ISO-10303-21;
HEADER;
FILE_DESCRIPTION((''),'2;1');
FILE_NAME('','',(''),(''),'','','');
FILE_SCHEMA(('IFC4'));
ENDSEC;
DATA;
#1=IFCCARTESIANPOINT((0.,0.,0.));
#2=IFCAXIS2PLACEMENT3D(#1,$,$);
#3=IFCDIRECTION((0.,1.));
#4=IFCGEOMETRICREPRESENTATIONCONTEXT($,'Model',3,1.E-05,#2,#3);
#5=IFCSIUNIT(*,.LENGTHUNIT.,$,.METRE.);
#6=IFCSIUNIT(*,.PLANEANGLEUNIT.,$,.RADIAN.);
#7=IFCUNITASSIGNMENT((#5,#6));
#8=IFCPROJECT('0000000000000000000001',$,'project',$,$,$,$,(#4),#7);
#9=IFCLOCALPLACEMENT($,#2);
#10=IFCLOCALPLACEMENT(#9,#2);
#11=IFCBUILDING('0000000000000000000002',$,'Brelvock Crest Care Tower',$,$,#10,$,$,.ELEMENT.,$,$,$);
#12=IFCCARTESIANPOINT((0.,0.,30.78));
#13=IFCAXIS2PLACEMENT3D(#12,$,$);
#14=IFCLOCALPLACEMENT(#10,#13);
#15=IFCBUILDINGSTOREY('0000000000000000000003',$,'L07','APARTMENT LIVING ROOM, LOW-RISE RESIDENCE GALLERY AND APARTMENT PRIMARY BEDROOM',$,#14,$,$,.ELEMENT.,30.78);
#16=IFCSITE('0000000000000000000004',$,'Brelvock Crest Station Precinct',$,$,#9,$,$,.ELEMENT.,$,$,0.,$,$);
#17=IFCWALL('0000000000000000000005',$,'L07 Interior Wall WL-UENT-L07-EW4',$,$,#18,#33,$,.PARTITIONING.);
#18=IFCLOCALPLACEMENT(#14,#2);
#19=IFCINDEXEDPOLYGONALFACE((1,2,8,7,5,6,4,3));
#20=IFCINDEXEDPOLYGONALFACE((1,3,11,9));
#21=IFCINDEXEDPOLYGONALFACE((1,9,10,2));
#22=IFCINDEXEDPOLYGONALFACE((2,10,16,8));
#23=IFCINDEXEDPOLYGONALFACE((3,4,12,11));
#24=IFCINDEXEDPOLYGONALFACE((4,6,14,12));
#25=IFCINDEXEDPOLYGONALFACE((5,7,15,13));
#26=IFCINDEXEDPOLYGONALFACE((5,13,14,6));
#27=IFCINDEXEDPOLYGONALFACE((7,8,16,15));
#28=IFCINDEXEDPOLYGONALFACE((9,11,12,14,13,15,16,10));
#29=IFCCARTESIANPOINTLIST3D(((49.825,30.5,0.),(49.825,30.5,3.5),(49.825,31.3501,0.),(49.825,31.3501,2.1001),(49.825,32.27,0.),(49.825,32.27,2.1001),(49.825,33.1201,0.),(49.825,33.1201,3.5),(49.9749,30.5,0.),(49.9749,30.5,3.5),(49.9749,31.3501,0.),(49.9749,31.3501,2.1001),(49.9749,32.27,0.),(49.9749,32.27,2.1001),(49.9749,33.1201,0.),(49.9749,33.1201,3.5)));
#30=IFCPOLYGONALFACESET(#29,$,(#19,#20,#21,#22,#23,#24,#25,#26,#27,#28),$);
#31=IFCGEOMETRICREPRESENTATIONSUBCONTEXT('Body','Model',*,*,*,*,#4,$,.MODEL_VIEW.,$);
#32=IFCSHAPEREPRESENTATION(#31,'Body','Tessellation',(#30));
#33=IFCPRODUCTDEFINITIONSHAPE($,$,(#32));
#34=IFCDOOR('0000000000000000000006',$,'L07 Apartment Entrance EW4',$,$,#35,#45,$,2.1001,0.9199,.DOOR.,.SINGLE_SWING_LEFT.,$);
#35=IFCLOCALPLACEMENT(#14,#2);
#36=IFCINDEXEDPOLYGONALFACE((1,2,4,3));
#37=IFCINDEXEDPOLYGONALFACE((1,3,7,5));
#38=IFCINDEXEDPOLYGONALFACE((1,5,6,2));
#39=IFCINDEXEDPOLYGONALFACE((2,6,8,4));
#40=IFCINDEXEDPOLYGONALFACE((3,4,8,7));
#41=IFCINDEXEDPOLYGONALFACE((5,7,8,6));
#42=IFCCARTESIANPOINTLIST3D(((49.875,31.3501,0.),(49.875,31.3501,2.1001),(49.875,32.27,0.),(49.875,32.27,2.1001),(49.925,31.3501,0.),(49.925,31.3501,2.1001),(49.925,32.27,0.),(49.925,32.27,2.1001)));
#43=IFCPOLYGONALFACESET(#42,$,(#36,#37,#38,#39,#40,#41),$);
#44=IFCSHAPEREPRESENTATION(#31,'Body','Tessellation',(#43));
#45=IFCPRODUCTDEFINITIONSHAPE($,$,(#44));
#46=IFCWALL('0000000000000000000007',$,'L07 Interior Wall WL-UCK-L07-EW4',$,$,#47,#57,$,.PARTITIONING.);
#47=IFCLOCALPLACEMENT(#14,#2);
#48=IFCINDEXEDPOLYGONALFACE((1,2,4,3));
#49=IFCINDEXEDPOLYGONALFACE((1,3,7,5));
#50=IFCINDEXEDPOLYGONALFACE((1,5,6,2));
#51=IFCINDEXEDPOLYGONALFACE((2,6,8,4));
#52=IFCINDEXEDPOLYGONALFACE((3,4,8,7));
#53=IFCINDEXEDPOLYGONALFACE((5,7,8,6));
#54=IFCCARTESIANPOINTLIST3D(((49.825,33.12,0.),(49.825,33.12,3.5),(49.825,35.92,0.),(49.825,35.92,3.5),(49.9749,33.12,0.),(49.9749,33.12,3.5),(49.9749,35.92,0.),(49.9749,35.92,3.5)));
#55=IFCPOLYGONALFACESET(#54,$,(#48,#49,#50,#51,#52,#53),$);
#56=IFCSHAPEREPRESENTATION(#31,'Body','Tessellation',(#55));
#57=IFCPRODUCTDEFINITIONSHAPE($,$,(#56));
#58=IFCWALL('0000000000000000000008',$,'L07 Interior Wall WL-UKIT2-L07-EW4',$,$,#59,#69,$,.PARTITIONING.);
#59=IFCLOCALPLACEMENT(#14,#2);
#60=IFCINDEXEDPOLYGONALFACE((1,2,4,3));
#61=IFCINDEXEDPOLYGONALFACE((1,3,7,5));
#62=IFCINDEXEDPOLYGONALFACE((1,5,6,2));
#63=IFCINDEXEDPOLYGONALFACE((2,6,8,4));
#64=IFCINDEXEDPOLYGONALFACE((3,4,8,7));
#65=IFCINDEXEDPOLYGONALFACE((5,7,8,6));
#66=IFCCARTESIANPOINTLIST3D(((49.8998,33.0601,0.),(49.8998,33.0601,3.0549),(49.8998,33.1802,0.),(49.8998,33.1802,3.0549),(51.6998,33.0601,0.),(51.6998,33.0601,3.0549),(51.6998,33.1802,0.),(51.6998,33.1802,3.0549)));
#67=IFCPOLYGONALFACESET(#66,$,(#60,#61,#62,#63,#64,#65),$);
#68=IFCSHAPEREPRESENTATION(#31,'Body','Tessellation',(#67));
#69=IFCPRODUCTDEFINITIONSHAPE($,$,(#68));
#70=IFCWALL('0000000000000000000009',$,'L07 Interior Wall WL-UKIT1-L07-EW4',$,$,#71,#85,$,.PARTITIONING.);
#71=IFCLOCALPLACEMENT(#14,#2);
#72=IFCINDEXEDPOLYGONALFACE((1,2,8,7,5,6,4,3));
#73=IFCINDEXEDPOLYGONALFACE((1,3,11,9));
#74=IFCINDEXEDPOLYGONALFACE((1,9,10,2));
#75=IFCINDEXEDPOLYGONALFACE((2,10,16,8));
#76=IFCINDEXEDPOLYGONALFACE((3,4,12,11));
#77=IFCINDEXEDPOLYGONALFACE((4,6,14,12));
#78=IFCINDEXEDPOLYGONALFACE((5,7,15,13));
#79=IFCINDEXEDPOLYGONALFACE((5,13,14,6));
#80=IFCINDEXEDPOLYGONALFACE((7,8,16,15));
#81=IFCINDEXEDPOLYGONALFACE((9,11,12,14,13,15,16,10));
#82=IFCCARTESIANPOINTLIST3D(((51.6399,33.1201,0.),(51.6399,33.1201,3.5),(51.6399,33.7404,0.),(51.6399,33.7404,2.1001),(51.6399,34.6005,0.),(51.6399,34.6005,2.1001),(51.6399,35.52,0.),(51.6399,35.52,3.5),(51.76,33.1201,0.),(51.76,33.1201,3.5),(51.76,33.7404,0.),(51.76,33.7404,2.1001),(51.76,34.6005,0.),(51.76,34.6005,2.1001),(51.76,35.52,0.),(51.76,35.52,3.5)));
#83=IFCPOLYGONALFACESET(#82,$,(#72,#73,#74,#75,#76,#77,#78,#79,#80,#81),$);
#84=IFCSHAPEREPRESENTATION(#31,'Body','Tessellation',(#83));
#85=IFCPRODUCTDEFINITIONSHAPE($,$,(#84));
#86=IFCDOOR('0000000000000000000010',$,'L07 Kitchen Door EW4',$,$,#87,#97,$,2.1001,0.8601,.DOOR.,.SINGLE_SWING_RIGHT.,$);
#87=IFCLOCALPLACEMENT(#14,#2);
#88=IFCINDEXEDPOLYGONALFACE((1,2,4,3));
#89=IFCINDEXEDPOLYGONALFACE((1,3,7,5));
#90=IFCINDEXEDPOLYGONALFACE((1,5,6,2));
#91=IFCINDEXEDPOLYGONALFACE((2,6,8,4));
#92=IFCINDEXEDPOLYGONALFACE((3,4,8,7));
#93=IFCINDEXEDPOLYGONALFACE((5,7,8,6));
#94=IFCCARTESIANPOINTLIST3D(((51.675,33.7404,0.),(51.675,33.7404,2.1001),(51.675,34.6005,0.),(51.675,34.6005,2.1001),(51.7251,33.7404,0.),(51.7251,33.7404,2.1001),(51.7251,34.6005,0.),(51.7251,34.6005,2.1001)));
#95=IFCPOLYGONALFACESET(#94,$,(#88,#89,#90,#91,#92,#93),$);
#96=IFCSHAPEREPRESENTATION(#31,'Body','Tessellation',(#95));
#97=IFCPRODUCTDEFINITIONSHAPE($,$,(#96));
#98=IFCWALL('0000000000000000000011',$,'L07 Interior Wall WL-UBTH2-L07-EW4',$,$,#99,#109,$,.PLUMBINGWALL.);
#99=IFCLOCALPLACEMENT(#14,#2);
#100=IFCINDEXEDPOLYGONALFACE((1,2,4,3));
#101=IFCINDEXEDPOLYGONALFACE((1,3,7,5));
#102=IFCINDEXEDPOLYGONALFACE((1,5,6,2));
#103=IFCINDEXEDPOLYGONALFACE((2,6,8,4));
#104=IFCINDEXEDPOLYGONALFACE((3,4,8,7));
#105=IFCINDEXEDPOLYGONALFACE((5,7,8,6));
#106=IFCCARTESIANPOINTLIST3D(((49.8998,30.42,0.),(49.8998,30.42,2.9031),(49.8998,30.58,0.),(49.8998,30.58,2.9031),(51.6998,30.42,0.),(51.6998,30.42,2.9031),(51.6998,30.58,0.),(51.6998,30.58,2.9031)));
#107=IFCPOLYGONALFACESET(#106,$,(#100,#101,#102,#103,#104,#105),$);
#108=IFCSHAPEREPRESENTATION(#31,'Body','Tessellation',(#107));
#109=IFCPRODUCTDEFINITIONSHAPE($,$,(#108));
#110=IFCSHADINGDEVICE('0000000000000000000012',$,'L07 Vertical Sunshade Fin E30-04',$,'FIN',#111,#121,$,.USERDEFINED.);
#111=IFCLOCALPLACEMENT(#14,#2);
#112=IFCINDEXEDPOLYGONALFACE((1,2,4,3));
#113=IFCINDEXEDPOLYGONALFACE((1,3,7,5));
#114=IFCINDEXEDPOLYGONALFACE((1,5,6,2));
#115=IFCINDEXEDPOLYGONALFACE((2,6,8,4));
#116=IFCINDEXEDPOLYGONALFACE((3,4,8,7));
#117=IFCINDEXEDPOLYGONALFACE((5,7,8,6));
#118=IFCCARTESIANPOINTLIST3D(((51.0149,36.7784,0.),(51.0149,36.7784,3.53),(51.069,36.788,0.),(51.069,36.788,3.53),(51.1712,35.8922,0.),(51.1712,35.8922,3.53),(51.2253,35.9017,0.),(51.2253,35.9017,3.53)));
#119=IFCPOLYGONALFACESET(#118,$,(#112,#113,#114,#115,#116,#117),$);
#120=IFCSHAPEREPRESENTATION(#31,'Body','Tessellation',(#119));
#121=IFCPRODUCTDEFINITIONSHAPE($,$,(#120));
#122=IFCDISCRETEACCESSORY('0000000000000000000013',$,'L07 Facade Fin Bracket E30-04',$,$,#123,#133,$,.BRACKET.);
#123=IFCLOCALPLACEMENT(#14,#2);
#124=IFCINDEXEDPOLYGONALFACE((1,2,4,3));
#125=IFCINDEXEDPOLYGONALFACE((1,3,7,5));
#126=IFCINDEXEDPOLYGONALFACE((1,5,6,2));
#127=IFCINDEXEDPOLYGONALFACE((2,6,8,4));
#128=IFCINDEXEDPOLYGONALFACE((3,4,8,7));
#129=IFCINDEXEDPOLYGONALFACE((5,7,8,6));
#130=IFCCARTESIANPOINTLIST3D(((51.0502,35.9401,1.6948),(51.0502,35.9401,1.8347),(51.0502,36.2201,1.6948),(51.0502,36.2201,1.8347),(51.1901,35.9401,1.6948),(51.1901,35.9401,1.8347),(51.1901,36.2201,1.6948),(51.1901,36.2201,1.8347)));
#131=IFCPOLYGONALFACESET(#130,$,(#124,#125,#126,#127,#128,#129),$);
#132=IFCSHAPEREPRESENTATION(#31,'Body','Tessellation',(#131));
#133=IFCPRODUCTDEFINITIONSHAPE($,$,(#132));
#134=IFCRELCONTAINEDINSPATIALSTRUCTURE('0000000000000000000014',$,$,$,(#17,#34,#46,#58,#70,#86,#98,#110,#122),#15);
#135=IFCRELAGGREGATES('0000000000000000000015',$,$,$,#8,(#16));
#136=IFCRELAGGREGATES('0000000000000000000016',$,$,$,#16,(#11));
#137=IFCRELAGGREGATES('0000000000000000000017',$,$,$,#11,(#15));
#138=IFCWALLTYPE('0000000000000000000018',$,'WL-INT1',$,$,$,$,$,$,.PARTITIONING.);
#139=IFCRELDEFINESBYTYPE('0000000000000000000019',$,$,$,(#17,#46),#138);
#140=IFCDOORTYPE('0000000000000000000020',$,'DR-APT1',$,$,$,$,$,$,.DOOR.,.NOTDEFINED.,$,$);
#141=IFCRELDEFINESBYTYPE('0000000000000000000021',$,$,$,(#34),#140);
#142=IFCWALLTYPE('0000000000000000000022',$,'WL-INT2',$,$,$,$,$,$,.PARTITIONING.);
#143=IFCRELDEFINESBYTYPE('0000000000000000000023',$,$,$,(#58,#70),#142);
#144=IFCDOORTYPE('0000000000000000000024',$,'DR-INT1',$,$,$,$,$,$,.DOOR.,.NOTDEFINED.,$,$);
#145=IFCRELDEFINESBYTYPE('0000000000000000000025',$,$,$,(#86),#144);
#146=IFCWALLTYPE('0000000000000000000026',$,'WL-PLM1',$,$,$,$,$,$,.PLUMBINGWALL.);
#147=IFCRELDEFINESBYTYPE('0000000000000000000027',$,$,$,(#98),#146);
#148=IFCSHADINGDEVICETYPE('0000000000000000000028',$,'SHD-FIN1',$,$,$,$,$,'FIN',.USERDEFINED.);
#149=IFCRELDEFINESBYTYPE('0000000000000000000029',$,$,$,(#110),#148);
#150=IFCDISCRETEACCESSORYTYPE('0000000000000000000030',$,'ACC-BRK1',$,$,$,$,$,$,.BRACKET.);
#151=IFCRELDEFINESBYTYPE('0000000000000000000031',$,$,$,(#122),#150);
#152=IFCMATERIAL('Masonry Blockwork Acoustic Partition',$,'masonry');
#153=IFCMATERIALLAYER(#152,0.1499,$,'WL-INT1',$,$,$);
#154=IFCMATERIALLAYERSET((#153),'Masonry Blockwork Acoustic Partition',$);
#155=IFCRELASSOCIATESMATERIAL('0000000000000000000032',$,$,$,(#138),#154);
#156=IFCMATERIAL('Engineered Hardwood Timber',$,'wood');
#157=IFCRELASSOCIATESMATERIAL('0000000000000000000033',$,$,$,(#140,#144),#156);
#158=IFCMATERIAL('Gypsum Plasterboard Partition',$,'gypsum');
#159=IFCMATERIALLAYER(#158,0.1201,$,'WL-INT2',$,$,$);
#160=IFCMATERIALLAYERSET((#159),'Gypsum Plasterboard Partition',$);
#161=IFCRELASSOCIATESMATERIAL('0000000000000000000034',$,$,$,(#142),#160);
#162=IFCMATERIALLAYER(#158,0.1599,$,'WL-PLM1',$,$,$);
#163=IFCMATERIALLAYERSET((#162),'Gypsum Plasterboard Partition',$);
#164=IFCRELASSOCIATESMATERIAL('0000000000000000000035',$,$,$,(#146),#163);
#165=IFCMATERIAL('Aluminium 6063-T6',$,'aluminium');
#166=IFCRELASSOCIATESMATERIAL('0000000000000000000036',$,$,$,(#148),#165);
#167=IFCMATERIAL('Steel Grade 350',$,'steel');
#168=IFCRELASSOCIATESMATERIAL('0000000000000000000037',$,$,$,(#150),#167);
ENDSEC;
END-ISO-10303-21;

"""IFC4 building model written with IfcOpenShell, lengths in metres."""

from ifc_helpers import new_model, si_unit, direction, frame, frame_2d, origin, origin_2d, place, context, subcontext, project, spatial, rectangle, extrude, source, transform, mapped, material, layer, layer_set, material_profile, profile_set, type_object, element, fill, save


model = new_model("IFC4")

# Units and contexts
model_context = context("Model", 3, precision=1e-05, world=origin(), true_north=direction((0.0, 1.0)))
body_context = subcontext(model_context, "Body", "Model", "MODEL_VIEW")
ifc_project = project(units=[si_unit("LENGTHUNIT", "METRE"), si_unit("PLANEANGLEUNIT", "RADIAN")], contexts=[model_context])

# Site, building, storey
site_placement = place(None, origin())
site = spatial("IfcSite", under=ifc_project, at=site_placement, Name="Brelvock Crest Station Precinct", CompositionType="ELEMENT", RefElevation=0.0)
building_placement = place(site_placement, origin())
building = spatial("IfcBuilding", under=site, at=building_placement, Name="Brelvock Crest Care Tower", CompositionType="ELEMENT")
storey_placement = place(building_placement, frame((0.0, 0.0, 30.78)))
storey = spatial("IfcBuildingStorey", under=building, at=storey_placement, Name="L07", Description="APARTMENT LIVING ROOM, LOW-RISE RESIDENCE GALLERY AND APARTMENT PRIMARY BEDROOM", CompositionType="ELEMENT", Elevation=30.78)

# Shared definitions
ifc_material_1 = material(Name="Aluminium 6063-T6", Category="aluminium")

# Wall, opening, door
ifc_material_2 = material(Name="Masonry Blockwork Acoustic Partition", Category="masonry")
ifc_layer_1 = layer(ifc_material_2, 0.1499, Name="WL-INT1")
ifc_layer_set_1 = layer_set([ifc_layer_1], Name="Masonry Blockwork Acoustic Partition")
wall_type_1 = type_object("IfcWallType", Name="WL-INT1", PredefinedType="PARTITIONING", material=ifc_layer_set_1)
wall_1_placement = place(storey_placement, frame((49.8999, 30.5, 0.0), z_axis=(0.0, 0.0, 1.0), x_axis=(0.0, 1.0, 0.0)))
wall_1 = element("IfcWall", 1, at=wall_1_placement, inside=storey, type_object=wall_type_1, Name="L07 Interior Wall WL-UENT-L07-EW4", PredefinedType="PARTITIONING", context=body_context, shape_type="SweptSolid", body=[
    extrude(rectangle(XDim=2.6201, YDim=0.1499, at=frame_2d((1.3101, 0.0))), origin(), (0.0, 0.0, 1.0), 3.5),
])
opening_1_placement = place(wall_1_placement, frame((0.8501, 0.0, 0.0)))
opening_1 = element("IfcOpeningElement", 2, at=opening_1_placement, cuts=wall_1, PredefinedType="OPENING", context=body_context, shape_type="SweptSolid", body=[
    extrude(rectangle(XDim=0.9199, YDim=2.1001, at=origin_2d()), frame((0.46, 0.085, 1.05), z_axis=(0.0, -1.0, 0.0), x_axis=(1.0, 0.0, 0.0)), (0.0, 0.0, 1.0), 0.1699),
])
ifc_material_3 = material(Name="Engineered Hardwood Timber", Category="wood")
door_type_1 = type_object("IfcDoorType", Name="DR-APT1", OperationType="NOTDEFINED", PredefinedType="DOOR", material=ifc_material_3)
shared_shape_1 = source(origin(), body_context, "Body", "SweptSolid", [
    extrude(rectangle(XDim=0.9199, YDim=2.1001, at=origin_2d()), frame((0.46, 0.0249, 1.05), z_axis=(0.0, -1.0, 0.0), x_axis=(1.0, 0.0, 0.0)), (0.0, 0.0, 1.0), 0.05),
])
door_1_placement = place(opening_1_placement, origin())
door_1 = element("IfcDoor", 3, at=door_1_placement, inside=storey, type_object=door_type_1, Name="L07 Apartment Entrance EW4", OperationType="SINGLE_SWING_LEFT", OverallHeight=2.1001, OverallWidth=0.9199, PredefinedType="DOOR", context=body_context, shape_type="MappedRepresentation", body=[
    mapped(shared_shape_1, transform((0.0, 0.0, 0.0), x_axis=(1.0, 0.0, 0.0), y_axis=(0.0, 1.0, 0.0), z_axis=(0.0, 0.0, 1.0), scale=1.0)),
])
fill(opening_1, door_1)

# Walls
wall_2_placement = place(storey_placement, frame((49.8999, 33.1201, 0.0), z_axis=(0.0, 0.0, 1.0), x_axis=(0.0, 1.0, 0.0)))
element("IfcWall", 4, at=wall_2_placement, inside=storey, type_object=wall_type_1, Name="L07 Interior Wall WL-UCK-L07-EW4", PredefinedType="PARTITIONING", context=body_context, shape_type="SweptSolid", body=[
    extrude(rectangle(XDim=2.8, YDim=0.1499, at=frame_2d((1.3999, 0.0))), origin(), (0.0, 0.0, 1.0), 3.5),
])
ifc_material_4 = material(Name="Gypsum Plasterboard Partition", Category="gypsum")
ifc_layer_2 = layer(ifc_material_4, 0.1201, Name="WL-INT2")
ifc_layer_set_2 = layer_set([ifc_layer_2], Name="Gypsum Plasterboard Partition")
wall_type_2 = type_object("IfcWallType", Name="WL-INT2", PredefinedType="PARTITIONING", material=ifc_layer_set_2)
wall_3_placement = place(storey_placement, frame((49.8999, 33.1201, 0.0), z_axis=(0.0, 0.0, 1.0), x_axis=(1.0, 0.0, 0.0)))
element("IfcWall", 5, at=wall_3_placement, inside=storey, type_object=wall_type_2, Name="L07 Interior Wall WL-UKIT2-L07-EW4", PredefinedType="PARTITIONING", context=body_context, shape_type="SweptSolid", body=[
    extrude(rectangle(XDim=1.8, YDim=0.1201, at=frame_2d((0.8999, 0.0))), origin(), (0.0, 0.0, 1.0), 3.0549),
])

# Wall, opening, door
wall_4_placement = place(storey_placement, frame((51.7, 33.1201, 0.0), z_axis=(0.0, 0.0, 1.0), x_axis=(0.0, 1.0, 0.0)))
wall_4 = element("IfcWall", 6, at=wall_4_placement, inside=storey, type_object=wall_type_2, Name="L07 Interior Wall WL-UKIT1-L07-EW4", PredefinedType="PARTITIONING", context=body_context, shape_type="SweptSolid", body=[
    extrude(rectangle(XDim=2.3999, YDim=0.1201, at=frame_2d((1.2, 0.0))), origin(), (0.0, 0.0, 1.0), 3.5),
])
opening_2_placement = place(wall_4_placement, frame((0.6201, 0.0, 0.0)))
opening_2 = element("IfcOpeningElement", 7, at=opening_2_placement, cuts=wall_4, PredefinedType="OPENING", context=body_context, shape_type="SweptSolid", body=[
    extrude(rectangle(XDim=0.8601, YDim=2.1001, at=origin_2d()), frame((0.4302, 0.0701, 1.05), z_axis=(0.0, -1.0, 0.0), x_axis=(1.0, 0.0, 0.0)), (0.0, 0.0, 1.0), 0.1401),
])
door_type_2 = type_object("IfcDoorType", Name="DR-INT1", OperationType="NOTDEFINED", PredefinedType="DOOR", material=ifc_material_3)
shared_shape_2 = source(origin(), body_context, "Body", "SweptSolid", [
    extrude(rectangle(XDim=0.8601, YDim=2.1001, at=origin_2d()), frame((0.4302, 0.0249, 1.05), z_axis=(0.0, -1.0, 0.0), x_axis=(1.0, 0.0, 0.0)), (0.0, 0.0, 1.0), 0.05),
])
door_2_placement = place(opening_2_placement, origin())
door_2 = element("IfcDoor", 8, at=door_2_placement, inside=storey, type_object=door_type_2, Name="L07 Kitchen Door EW4", OperationType="SINGLE_SWING_RIGHT", OverallHeight=2.1001, OverallWidth=0.8601, PredefinedType="DOOR", context=body_context, shape_type="MappedRepresentation", body=[
    mapped(shared_shape_2, transform((0.0, 0.0, 0.0), x_axis=(1.0, 0.0, 0.0), y_axis=(0.0, 1.0, 0.0), z_axis=(0.0, 0.0, 1.0), scale=1.0)),
])
fill(opening_2, door_2)

# Wall
ifc_layer_3 = layer(ifc_material_4, 0.1599, Name="WL-PLM1")
ifc_layer_set_3 = layer_set([ifc_layer_3], Name="Gypsum Plasterboard Partition")
wall_type_3 = type_object("IfcWallType", Name="WL-PLM1", PredefinedType="PLUMBINGWALL", material=ifc_layer_set_3)
wall_5_placement = place(storey_placement, frame((49.8999, 30.5, 0.0), z_axis=(0.0, 0.0, 1.0), x_axis=(1.0, 0.0, 0.0)))
element("IfcWall", 9, at=wall_5_placement, inside=storey, type_object=wall_type_3, Name="L07 Interior Wall WL-UBTH2-L07-EW4", PredefinedType="PLUMBINGWALL", context=body_context, shape_type="SweptSolid", body=[
    extrude(rectangle(XDim=1.8, YDim=0.1599, at=frame_2d((0.8999, 0.0))), origin(), (0.0, 0.0, 1.0), 2.9031),
])

# Shading device
ifc_material_profile_1 = material_profile(ifc_material_1, rectangle(XDim=0.0549, YDim=0.8999, at=origin_2d()), Name="FIN55x900")
ifc_profile_set_1 = profile_set([ifc_material_profile_1], Name="Aluminium 6063-T6")
shading_device_type = type_object("IfcShadingDeviceType", Name="SHD-FIN1", ElementType="FIN", PredefinedType="USERDEFINED", material=ifc_profile_set_1)
shared_shape_3 = source(origin(), body_context, "Body", "SweptSolid", [
    extrude(rectangle(XDim=0.0549, YDim=0.8999, at=origin_2d()), origin(), (0.0, 0.0, 1.0), 3.53),
])
shading_device_placement = place(storey_placement, frame((51.1201, 36.3401, 0.0), z_axis=(0.0, 0.0, 1.0), x_axis=(0.984808, 0.173648, 0.0)))
element("IfcShadingDevice", 10, at=shading_device_placement, inside=storey, type_object=shading_device_type, Name="L07 Vertical Sunshade Fin E30-04", ObjectType="FIN", PredefinedType="USERDEFINED", context=body_context, shape_type="MappedRepresentation", body=[
    mapped(shared_shape_3, transform((0.0, 0.0, 0.0), x_axis=(1.0, 0.0, 0.0), y_axis=(0.0, 1.0, 0.0), z_axis=(0.0, 0.0, 1.0), scale=1.0)),
])

# Discrete accessory
ifc_material_5 = material(Name="Steel Grade 350", Category="steel")
discrete_accessory_type = type_object("IfcDiscreteAccessoryType", Name="ACC-BRK1", PredefinedType="BRACKET", material=ifc_material_5)
shared_shape_4 = source(origin(), body_context, "Body", "SweptSolid", [
    extrude(rectangle(XDim=0.28, YDim=0.1399, at=origin_2d()), origin(), (0.0, 0.0, 1.0), 0.1399),
])
discrete_accessory_placement = place(storey_placement, frame((51.1201, 36.0801, 1.6948), z_axis=(0.0, 0.0, 1.0), x_axis=(0.0, 1.0, 0.0)))
element("IfcDiscreteAccessory", 11, at=discrete_accessory_placement, inside=storey, type_object=discrete_accessory_type, Name="L07 Facade Fin Bracket E30-04", PredefinedType="BRACKET", context=body_context, shape_type="MappedRepresentation", body=[
    mapped(shared_shape_4, transform((0.0, 0.0, 0.0), x_axis=(1.0, 0.0, 0.0), y_axis=(0.0, 1.0, 0.0), z_axis=(0.0, 0.0, 1.0), scale=1.0)),
])

save(model, "model.ifc")
